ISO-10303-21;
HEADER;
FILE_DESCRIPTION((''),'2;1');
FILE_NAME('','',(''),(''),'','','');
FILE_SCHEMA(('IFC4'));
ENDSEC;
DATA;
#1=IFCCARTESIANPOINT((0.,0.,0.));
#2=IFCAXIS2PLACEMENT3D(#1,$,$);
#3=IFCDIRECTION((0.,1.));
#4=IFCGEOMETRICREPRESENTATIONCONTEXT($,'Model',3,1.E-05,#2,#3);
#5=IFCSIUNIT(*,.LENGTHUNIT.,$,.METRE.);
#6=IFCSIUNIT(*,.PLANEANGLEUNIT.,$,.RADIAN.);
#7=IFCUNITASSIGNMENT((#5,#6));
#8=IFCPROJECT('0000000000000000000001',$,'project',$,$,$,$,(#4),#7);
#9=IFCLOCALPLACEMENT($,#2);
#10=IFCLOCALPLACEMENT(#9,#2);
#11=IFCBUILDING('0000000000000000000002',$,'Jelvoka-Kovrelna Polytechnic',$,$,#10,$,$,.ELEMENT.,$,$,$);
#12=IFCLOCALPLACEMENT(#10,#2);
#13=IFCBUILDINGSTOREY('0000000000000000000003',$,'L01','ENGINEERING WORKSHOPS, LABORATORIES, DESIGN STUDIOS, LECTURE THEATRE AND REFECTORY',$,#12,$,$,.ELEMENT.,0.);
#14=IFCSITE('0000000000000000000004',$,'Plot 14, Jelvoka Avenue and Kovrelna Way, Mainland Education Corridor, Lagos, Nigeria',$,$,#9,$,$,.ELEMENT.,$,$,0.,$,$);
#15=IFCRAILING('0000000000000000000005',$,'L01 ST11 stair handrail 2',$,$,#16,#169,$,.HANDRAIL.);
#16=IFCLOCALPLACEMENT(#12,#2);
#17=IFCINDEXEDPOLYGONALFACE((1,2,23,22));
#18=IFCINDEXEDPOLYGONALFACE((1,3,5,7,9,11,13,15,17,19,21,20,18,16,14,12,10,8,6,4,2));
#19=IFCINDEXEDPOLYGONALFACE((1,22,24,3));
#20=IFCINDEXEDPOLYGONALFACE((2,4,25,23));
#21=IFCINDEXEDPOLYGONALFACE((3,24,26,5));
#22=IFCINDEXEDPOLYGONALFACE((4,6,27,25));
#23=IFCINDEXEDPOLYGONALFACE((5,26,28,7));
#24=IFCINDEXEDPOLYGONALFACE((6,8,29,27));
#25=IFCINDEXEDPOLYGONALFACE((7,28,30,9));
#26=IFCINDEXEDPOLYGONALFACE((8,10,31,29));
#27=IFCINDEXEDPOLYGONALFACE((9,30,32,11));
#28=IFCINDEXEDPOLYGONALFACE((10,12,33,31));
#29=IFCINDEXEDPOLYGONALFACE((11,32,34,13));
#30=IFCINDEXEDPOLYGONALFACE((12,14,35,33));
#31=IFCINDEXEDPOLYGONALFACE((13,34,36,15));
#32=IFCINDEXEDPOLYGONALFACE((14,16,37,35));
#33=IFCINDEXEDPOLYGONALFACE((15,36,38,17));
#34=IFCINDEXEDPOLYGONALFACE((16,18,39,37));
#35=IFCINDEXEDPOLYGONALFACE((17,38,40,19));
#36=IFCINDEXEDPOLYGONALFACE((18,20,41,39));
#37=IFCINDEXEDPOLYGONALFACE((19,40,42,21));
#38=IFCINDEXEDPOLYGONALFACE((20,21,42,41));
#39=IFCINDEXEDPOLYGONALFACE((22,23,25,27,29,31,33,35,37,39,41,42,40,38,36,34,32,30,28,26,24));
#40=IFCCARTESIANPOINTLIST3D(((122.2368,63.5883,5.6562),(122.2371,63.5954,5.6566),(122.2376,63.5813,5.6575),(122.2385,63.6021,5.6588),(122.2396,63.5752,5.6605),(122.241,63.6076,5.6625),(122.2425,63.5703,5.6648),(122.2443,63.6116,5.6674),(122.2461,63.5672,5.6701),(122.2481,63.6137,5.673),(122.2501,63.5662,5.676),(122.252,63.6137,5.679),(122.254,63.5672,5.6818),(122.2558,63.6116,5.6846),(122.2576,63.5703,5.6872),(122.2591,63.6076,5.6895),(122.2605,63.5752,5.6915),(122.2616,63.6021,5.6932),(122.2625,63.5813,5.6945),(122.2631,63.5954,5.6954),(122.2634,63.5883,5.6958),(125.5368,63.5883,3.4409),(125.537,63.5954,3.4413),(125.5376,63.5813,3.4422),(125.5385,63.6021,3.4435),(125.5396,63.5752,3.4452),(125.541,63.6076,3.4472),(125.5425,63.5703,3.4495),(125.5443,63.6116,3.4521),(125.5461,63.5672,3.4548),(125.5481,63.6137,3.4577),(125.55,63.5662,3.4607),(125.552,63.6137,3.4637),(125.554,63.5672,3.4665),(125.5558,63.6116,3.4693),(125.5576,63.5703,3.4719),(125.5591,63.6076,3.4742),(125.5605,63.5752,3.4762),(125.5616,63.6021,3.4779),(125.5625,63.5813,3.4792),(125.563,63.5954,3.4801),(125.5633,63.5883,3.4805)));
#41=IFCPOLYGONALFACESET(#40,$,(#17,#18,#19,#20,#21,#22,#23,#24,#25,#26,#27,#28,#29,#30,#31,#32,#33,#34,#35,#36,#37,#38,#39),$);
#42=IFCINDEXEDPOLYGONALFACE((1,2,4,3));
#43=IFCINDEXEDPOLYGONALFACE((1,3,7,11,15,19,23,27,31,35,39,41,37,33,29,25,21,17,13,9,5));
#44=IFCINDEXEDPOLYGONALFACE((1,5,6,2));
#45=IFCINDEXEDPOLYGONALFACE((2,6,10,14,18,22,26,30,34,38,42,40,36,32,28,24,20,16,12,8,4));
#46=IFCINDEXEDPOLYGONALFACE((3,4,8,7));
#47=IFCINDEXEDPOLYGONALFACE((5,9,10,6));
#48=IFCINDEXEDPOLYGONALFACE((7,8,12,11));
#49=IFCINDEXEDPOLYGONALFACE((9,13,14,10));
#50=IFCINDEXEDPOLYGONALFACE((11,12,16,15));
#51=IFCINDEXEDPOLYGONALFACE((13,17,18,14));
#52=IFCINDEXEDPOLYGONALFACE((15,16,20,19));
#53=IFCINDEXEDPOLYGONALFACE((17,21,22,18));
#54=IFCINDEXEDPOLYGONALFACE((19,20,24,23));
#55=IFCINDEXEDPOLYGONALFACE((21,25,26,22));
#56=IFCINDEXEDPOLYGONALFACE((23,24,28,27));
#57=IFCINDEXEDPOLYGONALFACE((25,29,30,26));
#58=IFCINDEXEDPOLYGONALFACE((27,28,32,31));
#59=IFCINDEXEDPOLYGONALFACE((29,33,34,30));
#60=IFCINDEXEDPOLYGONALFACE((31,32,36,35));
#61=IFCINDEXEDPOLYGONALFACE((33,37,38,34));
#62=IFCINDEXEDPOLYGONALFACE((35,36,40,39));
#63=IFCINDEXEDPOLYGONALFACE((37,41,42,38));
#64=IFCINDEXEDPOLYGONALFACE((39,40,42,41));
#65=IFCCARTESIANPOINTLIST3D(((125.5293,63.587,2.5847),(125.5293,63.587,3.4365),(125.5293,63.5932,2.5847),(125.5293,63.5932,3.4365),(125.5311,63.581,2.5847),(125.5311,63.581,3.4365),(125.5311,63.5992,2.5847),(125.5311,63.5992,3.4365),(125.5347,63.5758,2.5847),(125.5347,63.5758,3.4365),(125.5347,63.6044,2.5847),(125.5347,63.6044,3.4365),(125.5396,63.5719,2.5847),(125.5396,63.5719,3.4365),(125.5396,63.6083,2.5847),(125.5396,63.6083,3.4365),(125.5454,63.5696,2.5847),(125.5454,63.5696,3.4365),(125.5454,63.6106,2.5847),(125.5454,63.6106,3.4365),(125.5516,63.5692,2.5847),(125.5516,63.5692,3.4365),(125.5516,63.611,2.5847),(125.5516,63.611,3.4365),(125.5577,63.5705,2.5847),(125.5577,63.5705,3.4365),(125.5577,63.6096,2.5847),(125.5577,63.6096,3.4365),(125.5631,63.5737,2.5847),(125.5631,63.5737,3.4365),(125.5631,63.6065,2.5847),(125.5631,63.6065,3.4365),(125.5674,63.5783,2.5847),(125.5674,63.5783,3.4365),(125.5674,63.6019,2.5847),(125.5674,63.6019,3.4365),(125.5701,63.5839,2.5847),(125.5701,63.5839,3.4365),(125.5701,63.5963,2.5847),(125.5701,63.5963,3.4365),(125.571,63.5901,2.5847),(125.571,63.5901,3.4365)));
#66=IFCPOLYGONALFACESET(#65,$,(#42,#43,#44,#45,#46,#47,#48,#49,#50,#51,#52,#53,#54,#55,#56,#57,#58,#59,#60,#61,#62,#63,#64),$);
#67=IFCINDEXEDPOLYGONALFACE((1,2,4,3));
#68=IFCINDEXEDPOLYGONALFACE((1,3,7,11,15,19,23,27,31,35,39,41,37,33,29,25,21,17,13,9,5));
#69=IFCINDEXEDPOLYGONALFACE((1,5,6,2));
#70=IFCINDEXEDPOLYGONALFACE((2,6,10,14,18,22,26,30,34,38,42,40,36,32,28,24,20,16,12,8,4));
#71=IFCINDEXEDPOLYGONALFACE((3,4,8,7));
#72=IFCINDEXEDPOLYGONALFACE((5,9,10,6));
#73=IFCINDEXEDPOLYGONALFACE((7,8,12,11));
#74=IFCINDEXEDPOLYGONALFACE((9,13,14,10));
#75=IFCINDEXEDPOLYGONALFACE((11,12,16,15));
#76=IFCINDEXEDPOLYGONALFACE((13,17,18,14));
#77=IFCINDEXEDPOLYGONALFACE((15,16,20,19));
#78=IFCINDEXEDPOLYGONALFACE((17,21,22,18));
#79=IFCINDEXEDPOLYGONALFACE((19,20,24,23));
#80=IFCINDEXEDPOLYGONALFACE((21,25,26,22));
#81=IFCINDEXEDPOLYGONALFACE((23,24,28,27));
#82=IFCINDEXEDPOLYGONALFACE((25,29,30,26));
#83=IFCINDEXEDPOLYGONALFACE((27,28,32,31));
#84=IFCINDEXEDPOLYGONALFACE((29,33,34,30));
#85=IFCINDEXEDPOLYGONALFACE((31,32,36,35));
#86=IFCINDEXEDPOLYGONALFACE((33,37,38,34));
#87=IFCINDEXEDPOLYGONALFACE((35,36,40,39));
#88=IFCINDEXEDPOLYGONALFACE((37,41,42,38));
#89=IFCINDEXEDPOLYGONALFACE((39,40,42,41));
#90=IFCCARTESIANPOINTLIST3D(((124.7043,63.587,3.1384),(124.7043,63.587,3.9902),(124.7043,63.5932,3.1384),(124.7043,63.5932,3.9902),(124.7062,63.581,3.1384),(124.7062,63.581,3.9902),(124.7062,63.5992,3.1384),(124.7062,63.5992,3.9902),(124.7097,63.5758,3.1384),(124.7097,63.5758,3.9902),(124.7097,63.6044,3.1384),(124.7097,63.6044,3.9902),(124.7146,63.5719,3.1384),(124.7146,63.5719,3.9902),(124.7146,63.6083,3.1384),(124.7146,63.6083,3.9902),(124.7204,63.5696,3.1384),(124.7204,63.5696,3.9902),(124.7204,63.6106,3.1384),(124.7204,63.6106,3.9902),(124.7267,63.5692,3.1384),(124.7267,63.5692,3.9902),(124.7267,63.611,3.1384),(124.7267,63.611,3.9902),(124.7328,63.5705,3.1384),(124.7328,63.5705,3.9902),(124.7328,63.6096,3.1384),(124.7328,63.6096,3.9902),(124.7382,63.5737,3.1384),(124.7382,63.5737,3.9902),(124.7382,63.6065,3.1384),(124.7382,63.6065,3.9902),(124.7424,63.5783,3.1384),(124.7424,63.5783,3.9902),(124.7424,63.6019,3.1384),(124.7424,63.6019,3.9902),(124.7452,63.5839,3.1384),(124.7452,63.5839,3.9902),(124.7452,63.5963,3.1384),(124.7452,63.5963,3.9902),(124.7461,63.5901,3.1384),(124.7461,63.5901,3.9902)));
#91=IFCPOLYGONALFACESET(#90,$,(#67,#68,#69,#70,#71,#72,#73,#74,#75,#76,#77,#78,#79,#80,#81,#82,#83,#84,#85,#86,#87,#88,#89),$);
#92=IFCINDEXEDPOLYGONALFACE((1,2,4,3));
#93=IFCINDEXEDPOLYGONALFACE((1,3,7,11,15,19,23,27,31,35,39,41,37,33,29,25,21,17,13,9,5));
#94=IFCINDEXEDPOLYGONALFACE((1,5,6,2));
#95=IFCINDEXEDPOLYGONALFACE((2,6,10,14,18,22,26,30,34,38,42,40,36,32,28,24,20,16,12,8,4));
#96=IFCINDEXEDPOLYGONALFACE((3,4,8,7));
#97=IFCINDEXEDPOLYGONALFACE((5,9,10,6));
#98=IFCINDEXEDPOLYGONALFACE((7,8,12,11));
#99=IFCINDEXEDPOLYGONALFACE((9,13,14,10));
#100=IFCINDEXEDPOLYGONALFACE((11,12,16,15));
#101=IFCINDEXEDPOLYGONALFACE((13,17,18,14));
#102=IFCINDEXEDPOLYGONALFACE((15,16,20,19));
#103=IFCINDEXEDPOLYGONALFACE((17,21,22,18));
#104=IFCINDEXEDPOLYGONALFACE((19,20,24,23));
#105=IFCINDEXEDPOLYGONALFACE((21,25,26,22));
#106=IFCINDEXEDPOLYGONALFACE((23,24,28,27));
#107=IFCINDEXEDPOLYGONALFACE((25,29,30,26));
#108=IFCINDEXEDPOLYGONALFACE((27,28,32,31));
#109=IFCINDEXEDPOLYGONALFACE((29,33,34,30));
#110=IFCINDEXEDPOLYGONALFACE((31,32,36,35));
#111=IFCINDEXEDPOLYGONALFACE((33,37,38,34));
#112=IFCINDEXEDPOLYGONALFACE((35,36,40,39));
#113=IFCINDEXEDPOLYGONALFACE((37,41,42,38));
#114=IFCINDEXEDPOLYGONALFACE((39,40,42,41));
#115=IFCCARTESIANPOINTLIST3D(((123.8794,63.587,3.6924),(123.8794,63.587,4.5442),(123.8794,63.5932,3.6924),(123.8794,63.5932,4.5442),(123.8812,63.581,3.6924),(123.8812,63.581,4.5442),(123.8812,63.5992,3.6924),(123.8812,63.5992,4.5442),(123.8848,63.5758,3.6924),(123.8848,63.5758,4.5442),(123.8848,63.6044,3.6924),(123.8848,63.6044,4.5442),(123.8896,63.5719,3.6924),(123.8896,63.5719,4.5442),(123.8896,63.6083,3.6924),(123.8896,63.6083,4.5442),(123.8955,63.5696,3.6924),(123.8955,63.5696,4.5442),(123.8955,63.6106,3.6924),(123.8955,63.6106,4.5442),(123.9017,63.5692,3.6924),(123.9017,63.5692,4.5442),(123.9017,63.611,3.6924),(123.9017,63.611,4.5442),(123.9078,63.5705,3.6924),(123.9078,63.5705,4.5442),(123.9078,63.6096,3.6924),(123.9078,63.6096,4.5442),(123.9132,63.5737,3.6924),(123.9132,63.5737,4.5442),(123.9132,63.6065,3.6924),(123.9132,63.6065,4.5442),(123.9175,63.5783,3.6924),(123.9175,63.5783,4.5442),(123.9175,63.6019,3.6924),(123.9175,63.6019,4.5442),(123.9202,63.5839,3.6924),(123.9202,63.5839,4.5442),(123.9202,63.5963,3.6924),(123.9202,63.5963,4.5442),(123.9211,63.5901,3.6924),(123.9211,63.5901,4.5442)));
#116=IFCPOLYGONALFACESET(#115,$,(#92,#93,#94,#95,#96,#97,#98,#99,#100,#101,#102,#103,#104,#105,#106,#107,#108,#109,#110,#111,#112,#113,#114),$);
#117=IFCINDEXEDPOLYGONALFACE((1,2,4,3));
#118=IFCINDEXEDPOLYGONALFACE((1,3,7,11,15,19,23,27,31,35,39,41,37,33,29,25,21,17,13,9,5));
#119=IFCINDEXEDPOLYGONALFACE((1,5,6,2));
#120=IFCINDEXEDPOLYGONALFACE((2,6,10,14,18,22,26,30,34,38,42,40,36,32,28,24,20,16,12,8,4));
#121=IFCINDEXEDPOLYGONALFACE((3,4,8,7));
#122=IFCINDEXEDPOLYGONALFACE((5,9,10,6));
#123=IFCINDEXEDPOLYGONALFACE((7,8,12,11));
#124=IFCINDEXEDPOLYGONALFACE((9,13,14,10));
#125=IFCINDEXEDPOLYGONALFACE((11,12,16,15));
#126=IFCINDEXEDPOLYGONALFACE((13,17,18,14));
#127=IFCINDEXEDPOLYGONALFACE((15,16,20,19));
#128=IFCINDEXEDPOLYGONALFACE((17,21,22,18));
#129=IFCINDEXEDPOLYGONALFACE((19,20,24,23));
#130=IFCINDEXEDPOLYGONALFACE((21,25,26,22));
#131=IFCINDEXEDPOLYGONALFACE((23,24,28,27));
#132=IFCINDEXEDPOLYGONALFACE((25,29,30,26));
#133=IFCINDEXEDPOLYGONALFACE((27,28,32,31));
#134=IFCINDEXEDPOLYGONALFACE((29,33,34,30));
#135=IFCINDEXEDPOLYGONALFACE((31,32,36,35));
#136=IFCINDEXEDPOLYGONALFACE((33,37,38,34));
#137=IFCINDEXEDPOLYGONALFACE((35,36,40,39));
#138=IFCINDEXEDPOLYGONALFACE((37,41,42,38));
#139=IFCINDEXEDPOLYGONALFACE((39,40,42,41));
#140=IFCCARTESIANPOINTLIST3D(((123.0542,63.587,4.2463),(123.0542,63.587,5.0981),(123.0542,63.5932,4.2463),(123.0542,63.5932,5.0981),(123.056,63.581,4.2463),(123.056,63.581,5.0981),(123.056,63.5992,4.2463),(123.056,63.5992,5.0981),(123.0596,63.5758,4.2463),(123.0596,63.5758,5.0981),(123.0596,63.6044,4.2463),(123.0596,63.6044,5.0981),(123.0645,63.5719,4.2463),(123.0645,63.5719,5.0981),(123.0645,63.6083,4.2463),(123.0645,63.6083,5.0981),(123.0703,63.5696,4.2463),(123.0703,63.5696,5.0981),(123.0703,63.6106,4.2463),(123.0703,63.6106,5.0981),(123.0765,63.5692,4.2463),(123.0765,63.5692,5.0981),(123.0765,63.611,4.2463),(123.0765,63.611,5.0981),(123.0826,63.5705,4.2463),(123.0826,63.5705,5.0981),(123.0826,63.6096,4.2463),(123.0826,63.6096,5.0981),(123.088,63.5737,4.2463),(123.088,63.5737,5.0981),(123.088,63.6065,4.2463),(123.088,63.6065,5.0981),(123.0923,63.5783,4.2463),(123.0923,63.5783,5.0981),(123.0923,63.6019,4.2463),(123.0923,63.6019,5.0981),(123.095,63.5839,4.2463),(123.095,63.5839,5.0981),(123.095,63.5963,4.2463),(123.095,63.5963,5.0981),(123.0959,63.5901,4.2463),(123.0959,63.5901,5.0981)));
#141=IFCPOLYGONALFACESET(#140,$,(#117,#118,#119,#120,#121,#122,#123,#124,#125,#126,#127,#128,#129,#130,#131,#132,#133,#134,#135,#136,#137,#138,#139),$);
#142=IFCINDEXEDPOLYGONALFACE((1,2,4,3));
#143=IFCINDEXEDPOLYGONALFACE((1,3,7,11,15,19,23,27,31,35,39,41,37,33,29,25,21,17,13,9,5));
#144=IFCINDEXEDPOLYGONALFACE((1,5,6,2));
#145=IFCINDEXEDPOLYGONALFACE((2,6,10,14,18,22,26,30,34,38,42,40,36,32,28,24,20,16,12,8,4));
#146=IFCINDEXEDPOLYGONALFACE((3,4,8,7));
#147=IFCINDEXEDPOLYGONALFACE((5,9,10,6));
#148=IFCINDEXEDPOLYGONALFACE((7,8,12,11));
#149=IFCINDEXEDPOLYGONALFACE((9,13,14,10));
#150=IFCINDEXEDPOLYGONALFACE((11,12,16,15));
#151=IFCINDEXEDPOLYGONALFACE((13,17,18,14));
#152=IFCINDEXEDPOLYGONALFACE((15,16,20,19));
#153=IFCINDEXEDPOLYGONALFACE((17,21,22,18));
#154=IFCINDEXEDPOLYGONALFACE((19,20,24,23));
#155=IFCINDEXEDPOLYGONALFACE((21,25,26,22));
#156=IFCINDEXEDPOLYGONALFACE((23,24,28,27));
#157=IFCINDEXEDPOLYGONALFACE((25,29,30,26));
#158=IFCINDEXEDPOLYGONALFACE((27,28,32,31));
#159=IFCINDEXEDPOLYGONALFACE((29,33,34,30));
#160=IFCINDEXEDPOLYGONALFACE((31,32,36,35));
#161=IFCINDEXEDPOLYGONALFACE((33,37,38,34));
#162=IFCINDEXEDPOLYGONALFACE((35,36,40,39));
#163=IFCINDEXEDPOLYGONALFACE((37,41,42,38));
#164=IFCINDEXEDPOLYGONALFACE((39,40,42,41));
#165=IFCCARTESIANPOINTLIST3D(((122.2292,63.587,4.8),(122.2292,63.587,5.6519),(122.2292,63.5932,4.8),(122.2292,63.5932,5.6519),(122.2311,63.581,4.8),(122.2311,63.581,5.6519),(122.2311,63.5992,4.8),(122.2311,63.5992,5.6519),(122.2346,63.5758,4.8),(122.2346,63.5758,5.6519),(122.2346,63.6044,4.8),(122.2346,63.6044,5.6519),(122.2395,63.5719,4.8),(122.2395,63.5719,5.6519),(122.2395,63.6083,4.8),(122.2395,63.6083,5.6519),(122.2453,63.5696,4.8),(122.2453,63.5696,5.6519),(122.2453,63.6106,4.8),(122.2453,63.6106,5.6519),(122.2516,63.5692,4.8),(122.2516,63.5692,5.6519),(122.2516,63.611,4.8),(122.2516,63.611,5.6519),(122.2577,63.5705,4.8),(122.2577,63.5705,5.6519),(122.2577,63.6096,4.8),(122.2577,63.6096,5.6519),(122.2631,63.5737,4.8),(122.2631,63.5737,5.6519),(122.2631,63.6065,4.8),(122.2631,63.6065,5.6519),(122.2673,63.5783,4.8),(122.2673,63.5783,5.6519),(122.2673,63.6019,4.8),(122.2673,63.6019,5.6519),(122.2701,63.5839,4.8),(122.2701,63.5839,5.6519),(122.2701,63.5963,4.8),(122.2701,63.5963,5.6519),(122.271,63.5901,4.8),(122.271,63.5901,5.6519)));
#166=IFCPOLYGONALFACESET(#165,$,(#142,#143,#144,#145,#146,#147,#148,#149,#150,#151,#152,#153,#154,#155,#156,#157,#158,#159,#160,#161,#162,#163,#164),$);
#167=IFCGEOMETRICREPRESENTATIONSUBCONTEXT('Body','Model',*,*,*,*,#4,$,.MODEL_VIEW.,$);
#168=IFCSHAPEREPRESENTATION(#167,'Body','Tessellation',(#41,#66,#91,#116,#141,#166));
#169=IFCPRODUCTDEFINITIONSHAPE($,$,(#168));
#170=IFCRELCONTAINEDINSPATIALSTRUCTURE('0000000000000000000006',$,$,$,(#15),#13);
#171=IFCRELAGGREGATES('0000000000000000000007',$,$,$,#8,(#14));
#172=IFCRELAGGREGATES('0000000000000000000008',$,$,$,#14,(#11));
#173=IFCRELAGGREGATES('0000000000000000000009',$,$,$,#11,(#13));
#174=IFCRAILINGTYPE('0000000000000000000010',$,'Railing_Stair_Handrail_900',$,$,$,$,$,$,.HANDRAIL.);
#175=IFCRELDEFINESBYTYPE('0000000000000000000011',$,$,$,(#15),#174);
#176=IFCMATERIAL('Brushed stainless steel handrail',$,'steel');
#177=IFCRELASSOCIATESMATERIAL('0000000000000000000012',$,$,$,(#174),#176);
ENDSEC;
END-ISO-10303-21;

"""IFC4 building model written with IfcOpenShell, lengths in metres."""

from ifc_helpers import new_model, si_unit, direction, frame, origin, origin_2d, place, context, subcontext, project, spatial, circle, extrude, material, type_object, element, save


model = new_model("IFC4")

# Units and contexts
model_context = context("Model", 3, precision=1e-05, world=origin(), true_north=direction((0.0, 1.0)))
body_context = subcontext(model_context, "Body", "Model", "MODEL_VIEW")
ifc_project = project(units=[si_unit("LENGTHUNIT", "METRE"), si_unit("PLANEANGLEUNIT", "RADIAN")], contexts=[model_context])

# Site, building, storey
site_placement = place(None, origin())
site = spatial("IfcSite", under=ifc_project, at=site_placement, Name="Plot 14, Jelvoka Avenue and Kovrelna Way, Mainland Education Corridor, Lagos, Nigeria", CompositionType="ELEMENT", RefElevation=0.0)
building_placement = place(site_placement, origin())
building = spatial("IfcBuilding", under=site, at=building_placement, Name="Jelvoka-Kovrelna Polytechnic", CompositionType="ELEMENT")
storey_placement = place(building_placement, origin())
storey = spatial("IfcBuildingStorey", under=building, at=storey_placement, Name="L01", Description="ENGINEERING WORKSHOPS, LABORATORIES, DESIGN STUDIOS, LECTURE THEATRE AND REFECTORY", CompositionType="ELEMENT", Elevation=0.0)

# Railing
ifc_material_1 = material(Name="Brushed stainless steel handrail", Category="steel")
railing_type_1 = type_object("IfcRailingType", Name="Railing_Stair_Handrail_900", PredefinedType="HANDRAIL", material=ifc_material_1)
railing_1_placement = place(storey_placement, frame((125.55, 63.5901, 2.5847)))
element("IfcRailing", 1, at=railing_1_placement, inside=storey, type_object=railing_type_1, Name="L01 ST11 stair handrail 2", PredefinedType="HANDRAIL", context=body_context, shape_type="SweptSolid", body=[
    extrude(circle(Radius=0.0239, at=origin_2d()), frame((0.0, 0.0, 0.876), z_axis=(-0.830269, 0.0, 0.557362), x_axis=(0.0, -1.0, 0.0)), (0.0, 0.0, 1.0), 3.9746),
    extrude(circle(Radius=0.021, at=origin_2d()), origin(), (0.0, 0.0, 1.0), 0.8518),
    extrude(circle(Radius=0.021, at=origin_2d()), frame((-0.825, 0.0, 0.5537)), (0.0, 0.0, 1.0), 0.8518),
    extrude(circle(Radius=0.021, at=origin_2d()), frame((-1.6499, 0.0, 1.1077)), (0.0, 0.0, 1.0), 0.8518),
    extrude(circle(Radius=0.021, at=origin_2d()), frame((-2.4751, 0.0, 1.6616)), (0.0, 0.0, 1.0), 0.8518),
    extrude(circle(Radius=0.021, at=origin_2d()), frame((-3.3, 0.0, 2.2153)), (0.0, 0.0, 1.0), 0.8518),
])

save(model, "model.ifc")
